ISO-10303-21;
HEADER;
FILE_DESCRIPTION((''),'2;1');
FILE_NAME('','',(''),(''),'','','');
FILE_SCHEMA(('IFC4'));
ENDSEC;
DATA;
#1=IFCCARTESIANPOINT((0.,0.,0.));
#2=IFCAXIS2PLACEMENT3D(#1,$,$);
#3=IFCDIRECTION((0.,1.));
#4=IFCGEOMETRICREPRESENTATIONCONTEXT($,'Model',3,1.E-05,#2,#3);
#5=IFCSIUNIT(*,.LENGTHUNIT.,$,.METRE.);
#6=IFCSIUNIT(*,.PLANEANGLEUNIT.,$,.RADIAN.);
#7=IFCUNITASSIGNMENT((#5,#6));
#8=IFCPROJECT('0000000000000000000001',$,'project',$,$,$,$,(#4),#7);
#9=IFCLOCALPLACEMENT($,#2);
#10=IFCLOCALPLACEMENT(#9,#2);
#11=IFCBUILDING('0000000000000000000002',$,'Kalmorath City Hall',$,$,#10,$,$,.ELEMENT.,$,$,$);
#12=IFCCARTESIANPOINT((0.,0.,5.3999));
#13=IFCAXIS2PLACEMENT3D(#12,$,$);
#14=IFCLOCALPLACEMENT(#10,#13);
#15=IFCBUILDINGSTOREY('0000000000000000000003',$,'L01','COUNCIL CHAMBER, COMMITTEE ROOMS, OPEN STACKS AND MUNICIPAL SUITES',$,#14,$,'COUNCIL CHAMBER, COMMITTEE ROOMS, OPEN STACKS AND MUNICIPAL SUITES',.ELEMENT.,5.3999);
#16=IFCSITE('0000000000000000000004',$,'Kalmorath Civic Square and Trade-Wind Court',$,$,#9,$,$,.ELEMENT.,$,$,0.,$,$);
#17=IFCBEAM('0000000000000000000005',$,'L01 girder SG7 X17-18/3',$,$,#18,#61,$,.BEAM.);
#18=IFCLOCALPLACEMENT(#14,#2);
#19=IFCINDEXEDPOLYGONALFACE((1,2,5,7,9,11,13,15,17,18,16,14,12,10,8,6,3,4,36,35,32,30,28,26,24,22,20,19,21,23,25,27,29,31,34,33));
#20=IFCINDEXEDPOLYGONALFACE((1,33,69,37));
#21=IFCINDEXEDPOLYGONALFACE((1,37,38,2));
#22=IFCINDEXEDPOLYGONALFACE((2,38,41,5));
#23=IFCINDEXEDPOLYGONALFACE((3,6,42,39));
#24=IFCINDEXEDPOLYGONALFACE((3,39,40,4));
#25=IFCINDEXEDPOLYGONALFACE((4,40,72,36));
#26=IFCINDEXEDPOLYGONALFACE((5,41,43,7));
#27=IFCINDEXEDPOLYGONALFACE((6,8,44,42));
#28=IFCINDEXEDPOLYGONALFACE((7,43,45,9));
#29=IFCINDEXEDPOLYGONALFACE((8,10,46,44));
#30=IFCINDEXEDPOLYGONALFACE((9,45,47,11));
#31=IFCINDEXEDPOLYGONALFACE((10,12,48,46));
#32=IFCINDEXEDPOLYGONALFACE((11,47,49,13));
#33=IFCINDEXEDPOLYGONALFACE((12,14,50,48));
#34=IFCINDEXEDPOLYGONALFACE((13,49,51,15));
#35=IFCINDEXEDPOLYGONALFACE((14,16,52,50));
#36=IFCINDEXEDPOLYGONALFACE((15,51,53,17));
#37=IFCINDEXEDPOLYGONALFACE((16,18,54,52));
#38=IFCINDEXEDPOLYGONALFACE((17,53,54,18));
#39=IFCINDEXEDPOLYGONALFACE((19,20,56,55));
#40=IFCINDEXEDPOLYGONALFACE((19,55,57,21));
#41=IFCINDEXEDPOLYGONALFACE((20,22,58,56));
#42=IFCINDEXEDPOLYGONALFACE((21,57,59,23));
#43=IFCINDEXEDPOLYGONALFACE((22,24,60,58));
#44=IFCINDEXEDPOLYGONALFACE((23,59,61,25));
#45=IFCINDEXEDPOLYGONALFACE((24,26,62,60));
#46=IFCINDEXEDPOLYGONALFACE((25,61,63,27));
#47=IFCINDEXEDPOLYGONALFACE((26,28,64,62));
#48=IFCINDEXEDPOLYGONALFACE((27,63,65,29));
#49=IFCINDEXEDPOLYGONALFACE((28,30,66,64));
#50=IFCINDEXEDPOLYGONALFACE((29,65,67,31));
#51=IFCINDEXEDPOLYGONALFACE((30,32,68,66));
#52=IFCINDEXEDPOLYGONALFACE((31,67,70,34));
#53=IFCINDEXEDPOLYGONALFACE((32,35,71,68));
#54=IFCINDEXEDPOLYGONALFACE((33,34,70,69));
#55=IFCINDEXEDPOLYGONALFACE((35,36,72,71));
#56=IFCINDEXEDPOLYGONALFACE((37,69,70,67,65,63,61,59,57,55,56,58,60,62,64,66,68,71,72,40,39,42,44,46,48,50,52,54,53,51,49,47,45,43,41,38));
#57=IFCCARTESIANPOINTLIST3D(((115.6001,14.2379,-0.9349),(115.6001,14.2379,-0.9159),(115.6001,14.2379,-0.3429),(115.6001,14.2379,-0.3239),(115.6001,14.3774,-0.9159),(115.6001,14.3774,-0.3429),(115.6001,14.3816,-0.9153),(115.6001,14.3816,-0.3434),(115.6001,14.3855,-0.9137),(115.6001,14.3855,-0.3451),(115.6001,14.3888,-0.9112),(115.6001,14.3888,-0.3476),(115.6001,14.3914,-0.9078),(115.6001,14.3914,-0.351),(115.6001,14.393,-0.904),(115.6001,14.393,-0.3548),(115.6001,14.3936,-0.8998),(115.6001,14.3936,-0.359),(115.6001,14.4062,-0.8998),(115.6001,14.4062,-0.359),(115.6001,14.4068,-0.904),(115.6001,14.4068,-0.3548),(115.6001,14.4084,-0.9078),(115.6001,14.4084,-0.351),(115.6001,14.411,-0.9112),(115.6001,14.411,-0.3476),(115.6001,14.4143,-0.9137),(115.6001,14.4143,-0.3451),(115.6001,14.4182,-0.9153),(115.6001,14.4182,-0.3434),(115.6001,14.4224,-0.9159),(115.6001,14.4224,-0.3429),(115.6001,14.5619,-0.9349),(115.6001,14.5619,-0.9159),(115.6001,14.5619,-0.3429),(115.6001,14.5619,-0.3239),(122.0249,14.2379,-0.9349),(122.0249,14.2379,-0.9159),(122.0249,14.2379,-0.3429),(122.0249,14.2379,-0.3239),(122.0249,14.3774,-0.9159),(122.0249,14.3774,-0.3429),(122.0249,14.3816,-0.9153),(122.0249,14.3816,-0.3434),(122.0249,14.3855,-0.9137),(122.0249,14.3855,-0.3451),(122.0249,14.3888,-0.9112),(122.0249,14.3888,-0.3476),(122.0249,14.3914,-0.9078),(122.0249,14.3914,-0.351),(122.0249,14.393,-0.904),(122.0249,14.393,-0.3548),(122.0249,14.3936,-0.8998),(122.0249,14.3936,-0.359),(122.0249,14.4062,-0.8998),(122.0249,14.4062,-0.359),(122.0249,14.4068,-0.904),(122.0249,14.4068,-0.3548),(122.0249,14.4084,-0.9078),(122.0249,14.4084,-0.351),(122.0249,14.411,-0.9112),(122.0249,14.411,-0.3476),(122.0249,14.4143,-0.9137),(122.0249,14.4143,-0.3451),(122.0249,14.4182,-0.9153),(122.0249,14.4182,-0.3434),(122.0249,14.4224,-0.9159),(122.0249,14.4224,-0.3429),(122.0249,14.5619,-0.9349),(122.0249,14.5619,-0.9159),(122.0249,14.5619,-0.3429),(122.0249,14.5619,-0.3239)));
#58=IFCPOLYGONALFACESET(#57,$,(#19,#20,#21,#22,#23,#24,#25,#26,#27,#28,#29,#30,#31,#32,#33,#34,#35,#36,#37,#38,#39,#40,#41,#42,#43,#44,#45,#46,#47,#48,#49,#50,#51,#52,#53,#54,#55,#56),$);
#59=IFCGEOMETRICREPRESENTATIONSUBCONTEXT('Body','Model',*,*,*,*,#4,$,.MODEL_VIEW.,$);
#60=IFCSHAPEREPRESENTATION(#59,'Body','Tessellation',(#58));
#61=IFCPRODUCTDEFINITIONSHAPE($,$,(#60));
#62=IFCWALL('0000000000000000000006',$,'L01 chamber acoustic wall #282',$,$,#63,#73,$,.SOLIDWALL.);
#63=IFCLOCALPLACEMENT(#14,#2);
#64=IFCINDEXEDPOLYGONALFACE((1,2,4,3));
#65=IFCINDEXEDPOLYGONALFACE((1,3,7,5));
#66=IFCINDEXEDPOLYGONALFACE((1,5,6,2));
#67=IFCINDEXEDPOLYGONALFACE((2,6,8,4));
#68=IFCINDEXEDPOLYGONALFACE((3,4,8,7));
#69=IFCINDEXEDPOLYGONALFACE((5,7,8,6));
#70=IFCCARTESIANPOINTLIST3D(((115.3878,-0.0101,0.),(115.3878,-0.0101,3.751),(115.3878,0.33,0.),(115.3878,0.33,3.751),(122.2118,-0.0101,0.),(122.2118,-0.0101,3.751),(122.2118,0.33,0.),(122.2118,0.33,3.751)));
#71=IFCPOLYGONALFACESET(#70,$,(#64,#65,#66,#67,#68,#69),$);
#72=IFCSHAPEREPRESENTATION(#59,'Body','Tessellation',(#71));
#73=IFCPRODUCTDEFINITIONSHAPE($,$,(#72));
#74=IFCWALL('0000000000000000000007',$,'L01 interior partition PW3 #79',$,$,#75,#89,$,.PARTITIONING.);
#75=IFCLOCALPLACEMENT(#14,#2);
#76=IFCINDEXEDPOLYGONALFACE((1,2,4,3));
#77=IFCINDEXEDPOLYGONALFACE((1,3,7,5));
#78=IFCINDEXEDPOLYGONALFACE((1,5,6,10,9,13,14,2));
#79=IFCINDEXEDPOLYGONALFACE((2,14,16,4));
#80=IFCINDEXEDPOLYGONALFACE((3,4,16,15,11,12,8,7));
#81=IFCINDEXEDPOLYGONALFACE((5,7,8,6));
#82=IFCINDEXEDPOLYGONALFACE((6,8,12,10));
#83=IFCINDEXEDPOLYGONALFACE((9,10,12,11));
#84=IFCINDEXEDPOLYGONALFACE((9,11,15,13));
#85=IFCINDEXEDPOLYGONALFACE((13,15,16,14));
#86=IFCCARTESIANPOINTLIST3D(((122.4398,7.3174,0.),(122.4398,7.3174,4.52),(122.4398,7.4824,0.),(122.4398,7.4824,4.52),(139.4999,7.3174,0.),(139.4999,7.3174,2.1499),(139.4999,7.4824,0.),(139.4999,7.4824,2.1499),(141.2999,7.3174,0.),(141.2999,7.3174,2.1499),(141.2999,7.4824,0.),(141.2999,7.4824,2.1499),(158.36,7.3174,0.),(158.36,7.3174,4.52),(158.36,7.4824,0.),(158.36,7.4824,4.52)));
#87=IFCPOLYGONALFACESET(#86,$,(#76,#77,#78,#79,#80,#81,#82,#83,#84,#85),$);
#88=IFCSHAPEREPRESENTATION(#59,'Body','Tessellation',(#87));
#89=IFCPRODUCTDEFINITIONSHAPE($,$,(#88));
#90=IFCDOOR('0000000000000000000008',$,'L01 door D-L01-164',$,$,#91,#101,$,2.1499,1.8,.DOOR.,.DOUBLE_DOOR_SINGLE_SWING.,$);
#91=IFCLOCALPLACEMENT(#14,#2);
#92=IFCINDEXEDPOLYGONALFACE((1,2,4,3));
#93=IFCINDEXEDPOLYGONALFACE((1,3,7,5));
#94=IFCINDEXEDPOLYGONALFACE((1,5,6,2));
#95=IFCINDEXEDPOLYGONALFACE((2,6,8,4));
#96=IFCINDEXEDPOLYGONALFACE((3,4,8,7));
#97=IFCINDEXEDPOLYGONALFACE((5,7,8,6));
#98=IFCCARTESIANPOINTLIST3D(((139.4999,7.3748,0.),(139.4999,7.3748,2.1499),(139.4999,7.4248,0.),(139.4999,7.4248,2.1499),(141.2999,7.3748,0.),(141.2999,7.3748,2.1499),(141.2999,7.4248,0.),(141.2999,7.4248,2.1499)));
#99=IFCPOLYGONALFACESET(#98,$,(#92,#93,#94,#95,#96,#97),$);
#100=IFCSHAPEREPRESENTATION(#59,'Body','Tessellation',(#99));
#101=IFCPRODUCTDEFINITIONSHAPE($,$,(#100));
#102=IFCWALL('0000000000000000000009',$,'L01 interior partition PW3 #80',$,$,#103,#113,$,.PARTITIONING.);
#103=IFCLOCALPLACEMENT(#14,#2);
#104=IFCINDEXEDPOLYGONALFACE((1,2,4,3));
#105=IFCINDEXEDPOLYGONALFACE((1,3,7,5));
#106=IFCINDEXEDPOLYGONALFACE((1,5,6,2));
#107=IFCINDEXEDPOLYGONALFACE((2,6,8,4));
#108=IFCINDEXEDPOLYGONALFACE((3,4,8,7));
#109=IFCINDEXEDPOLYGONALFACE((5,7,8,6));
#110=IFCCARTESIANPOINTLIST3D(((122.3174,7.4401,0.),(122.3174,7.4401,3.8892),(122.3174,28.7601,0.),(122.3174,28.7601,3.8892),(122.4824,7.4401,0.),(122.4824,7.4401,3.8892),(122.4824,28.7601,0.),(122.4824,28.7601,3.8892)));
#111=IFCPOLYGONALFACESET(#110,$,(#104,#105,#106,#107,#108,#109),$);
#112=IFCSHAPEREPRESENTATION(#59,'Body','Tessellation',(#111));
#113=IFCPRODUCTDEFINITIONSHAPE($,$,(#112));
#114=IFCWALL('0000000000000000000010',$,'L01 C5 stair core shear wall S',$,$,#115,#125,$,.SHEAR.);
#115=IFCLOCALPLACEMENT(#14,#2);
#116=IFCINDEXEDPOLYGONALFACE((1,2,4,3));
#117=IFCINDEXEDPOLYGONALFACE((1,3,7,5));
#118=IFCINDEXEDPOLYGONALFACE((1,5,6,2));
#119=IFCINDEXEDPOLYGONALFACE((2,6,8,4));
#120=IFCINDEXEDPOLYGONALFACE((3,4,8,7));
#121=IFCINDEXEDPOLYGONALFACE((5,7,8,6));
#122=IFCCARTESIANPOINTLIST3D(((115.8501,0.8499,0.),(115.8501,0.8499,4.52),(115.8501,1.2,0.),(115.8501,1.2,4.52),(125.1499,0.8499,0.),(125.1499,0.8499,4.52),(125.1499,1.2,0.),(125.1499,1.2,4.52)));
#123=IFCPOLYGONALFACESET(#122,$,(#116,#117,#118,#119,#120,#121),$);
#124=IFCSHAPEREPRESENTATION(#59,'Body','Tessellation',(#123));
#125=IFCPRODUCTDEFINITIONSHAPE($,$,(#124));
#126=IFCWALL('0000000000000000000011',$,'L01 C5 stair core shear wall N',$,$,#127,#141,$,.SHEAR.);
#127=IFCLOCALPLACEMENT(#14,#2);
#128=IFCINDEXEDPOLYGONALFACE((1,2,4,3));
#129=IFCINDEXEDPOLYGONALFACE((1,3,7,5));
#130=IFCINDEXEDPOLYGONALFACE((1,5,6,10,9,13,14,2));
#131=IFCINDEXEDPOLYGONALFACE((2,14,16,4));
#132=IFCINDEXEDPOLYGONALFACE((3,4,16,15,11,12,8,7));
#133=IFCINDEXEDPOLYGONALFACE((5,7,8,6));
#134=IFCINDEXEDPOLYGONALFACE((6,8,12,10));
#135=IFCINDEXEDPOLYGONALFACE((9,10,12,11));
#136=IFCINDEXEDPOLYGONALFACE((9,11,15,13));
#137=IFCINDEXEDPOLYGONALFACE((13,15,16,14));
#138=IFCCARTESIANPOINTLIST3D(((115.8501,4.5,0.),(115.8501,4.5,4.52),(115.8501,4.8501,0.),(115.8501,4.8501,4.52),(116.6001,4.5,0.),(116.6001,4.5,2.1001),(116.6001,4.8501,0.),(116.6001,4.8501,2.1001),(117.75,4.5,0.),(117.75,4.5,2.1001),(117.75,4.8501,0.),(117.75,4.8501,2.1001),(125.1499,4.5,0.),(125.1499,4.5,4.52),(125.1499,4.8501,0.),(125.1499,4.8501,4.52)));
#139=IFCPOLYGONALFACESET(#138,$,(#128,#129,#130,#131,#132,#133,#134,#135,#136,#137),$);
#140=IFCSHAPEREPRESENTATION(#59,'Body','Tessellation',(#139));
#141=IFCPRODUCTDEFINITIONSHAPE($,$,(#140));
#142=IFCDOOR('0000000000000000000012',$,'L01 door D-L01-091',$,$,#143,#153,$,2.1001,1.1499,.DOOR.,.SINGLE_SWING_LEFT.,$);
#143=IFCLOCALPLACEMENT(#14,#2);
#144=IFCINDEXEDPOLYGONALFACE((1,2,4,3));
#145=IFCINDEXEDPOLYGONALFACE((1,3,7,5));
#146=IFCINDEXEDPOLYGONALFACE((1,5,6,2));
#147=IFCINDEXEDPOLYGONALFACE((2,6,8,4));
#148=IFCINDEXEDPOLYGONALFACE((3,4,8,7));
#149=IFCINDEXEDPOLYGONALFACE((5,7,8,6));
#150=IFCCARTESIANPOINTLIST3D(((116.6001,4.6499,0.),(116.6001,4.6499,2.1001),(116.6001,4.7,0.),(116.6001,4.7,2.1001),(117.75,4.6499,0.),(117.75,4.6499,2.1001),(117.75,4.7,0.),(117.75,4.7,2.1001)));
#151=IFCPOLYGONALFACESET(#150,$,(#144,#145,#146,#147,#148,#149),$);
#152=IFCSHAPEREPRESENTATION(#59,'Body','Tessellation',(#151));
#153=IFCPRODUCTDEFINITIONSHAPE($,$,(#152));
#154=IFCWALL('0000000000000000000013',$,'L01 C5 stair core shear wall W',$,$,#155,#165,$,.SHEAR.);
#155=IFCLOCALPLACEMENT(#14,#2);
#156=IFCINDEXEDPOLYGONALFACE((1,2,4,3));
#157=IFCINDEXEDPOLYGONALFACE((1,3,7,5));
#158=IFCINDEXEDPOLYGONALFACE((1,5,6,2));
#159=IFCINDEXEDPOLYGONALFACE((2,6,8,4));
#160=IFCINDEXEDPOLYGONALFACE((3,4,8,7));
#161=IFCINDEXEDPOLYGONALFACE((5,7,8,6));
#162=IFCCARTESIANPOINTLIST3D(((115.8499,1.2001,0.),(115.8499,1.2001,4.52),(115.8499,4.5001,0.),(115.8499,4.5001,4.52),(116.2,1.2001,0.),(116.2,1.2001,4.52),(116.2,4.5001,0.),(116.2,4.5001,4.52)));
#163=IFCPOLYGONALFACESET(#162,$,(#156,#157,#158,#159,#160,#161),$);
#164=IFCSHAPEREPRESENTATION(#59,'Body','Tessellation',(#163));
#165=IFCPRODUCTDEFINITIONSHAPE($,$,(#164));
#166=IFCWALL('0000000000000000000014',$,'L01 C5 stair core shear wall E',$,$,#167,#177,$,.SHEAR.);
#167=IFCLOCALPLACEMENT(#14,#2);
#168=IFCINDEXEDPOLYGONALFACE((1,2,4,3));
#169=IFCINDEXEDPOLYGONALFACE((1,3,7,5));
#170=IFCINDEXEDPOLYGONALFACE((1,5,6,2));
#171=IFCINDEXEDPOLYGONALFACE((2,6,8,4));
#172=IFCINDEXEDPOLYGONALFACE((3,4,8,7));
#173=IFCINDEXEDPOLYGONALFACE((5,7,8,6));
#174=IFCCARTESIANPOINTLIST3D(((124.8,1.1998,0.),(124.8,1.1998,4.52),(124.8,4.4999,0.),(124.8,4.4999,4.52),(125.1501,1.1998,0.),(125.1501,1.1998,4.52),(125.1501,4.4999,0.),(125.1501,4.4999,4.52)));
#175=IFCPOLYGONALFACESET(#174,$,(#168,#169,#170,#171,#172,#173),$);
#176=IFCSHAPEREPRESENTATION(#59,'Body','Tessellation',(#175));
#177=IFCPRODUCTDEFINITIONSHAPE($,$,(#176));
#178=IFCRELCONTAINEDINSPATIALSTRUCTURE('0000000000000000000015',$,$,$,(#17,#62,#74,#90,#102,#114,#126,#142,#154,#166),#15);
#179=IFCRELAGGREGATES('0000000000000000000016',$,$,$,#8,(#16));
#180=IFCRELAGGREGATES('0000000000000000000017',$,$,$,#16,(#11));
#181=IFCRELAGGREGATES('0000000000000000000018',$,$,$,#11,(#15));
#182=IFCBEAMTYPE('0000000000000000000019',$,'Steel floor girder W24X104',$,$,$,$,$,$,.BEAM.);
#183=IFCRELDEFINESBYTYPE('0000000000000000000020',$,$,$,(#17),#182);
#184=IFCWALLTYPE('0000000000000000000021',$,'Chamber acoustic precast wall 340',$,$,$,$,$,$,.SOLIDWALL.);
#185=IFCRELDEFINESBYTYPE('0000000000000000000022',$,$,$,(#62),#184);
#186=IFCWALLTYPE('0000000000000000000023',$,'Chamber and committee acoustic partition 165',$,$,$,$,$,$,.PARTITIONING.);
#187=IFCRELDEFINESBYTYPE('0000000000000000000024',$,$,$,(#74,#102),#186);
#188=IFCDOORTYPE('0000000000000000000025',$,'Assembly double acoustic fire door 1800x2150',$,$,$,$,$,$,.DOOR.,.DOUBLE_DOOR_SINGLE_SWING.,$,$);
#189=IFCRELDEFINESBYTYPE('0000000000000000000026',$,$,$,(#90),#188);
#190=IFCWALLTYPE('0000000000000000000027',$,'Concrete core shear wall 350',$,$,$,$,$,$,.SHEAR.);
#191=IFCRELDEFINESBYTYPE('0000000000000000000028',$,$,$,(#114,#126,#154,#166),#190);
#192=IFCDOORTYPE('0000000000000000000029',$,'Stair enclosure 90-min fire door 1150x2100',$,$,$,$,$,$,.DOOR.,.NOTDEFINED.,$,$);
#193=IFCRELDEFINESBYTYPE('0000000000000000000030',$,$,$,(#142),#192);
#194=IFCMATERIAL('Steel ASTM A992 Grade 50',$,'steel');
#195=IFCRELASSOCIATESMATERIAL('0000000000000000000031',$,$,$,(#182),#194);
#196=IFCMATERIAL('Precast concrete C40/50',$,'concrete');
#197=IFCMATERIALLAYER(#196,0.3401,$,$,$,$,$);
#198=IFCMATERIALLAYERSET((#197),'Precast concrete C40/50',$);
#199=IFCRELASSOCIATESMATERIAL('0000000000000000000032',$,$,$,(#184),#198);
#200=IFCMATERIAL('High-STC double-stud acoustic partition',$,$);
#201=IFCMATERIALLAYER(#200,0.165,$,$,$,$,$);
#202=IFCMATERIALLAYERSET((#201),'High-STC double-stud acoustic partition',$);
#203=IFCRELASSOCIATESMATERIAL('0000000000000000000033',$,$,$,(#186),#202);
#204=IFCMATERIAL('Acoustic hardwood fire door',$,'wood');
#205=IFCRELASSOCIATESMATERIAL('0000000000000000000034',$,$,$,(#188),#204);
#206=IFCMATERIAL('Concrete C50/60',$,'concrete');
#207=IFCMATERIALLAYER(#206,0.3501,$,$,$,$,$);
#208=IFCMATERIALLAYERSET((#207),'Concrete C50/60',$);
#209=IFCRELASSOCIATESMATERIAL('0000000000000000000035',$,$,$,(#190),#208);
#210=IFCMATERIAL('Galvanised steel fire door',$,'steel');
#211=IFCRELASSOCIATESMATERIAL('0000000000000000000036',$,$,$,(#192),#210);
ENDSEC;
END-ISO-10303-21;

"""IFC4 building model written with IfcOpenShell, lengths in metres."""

from ifc_helpers import new_model, si_unit, direction, frame, frame_2d, origin, origin_2d, place, context, subcontext, project, spatial, rectangle, i_section, extrude, material, layer, layer_set, material_profile, profile_set, type_object, element, fill, save


model = new_model("IFC4")

# Units and contexts
model_context = context("Model", 3, precision=1e-05, world=origin(), true_north=direction((0.0, 1.0)))
body_context = subcontext(model_context, "Body", "Model", "MODEL_VIEW")
ifc_project = project(units=[si_unit("LENGTHUNIT", "METRE"), si_unit("PLANEANGLEUNIT", "RADIAN")], contexts=[model_context])

# Site, building, storey
site_placement = place(None, origin())
site = spatial("IfcSite", under=ifc_project, at=site_placement, Name="Kalmorath Civic Square and Trade-Wind Court", CompositionType="ELEMENT", RefElevation=0.0)
building_placement = place(site_placement, origin())
building = spatial("IfcBuilding", under=site, at=building_placement, Name="Kalmorath City Hall", CompositionType="ELEMENT")
storey_placement = place(building_placement, frame((0.0, 0.0, 5.3999)))
storey = spatial("IfcBuildingStorey", under=building, at=storey_placement, Name="L01", Description="COUNCIL CHAMBER, COMMITTEE ROOMS, OPEN STACKS AND MUNICIPAL SUITES", LongName="COUNCIL CHAMBER, COMMITTEE ROOMS, OPEN STACKS AND MUNICIPAL SUITES", CompositionType="ELEMENT", Elevation=5.3999)

# Beam
ifc_material_1 = material(Name="Steel ASTM A992 Grade 50", Category="steel")
ifc_material_profile_1 = material_profile(ifc_material_1, i_section(OverallWidth=0.324, OverallDepth=0.6111, WebThickness=0.0127, FlangeThickness=0.019, FilletRadius=0.0161, at=origin_2d()), Name="W24X104")
ifc_profile_set_1 = profile_set([ifc_material_profile_1], Name="Steel ASTM A992 Grade 50")
beam_type_1 = type_object("IfcBeamType", Name="Steel floor girder W24X104", PredefinedType="BEAM", material=ifc_profile_set_1)
beam_1_placement = place(storey_placement, frame((115.6001, 14.3999, -0.6294), z_axis=(1.0, 0.0, 0.0), x_axis=(0.0, 1.0, 0.0)))
element("IfcBeam", 1, at=beam_1_placement, inside=storey, type_object=beam_type_1, Name="L01 girder SG7 X17-18/3", PredefinedType="BEAM", context=body_context, shape_type="SweptSolid", body=[
    extrude(i_section(OverallWidth=0.324, OverallDepth=0.6111, WebThickness=0.0127, FlangeThickness=0.019, FilletRadius=0.0161, at=origin_2d()), origin(), (0.0, 0.0, 1.0), 6.4248),
])

# Wall
ifc_material_2 = material(Name="Precast concrete C40/50", Category="concrete")
ifc_layer_1 = layer(ifc_material_2, 0.3401)
ifc_layer_set_1 = layer_set([ifc_layer_1], Name="Precast concrete C40/50")
wall_type_1 = type_object("IfcWallType", Name="Chamber acoustic precast wall 340", PredefinedType="SOLIDWALL", material=ifc_layer_set_1)
wall_1_placement = place(storey_placement, frame((122.2119, 0.1599, 0.0), z_axis=(0.0, 0.0, 1.0), x_axis=(-1.0, 0.0, 0.0)))
element("IfcWall", 2, at=wall_1_placement, inside=storey, type_object=wall_type_1, Name="L01 chamber acoustic wall #282", PredefinedType="SOLIDWALL", context=body_context, shape_type="SweptSolid", body=[
    extrude(rectangle(XDim=6.824, YDim=0.3401, at=frame_2d((3.4121, 0.0))), origin(), (0.0, 0.0, 1.0), 3.751),
])

# Wall, opening, door
ifc_material_3 = material(Name="High-STC double-stud acoustic partition")
ifc_layer_2 = layer(ifc_material_3, 0.165)
ifc_layer_set_2 = layer_set([ifc_layer_2], Name="High-STC double-stud acoustic partition")
wall_type_2 = type_object("IfcWallType", Name="Chamber and committee acoustic partition 165", PredefinedType="PARTITIONING", material=ifc_layer_set_2)
wall_2_placement = place(storey_placement, frame((122.4399, 7.3999, 0.0), z_axis=(0.0, 0.0, 1.0), x_axis=(1.0, 0.0, 0.0)))
wall_2 = element("IfcWall", 3, at=wall_2_placement, inside=storey, type_object=wall_type_2, Name="L01 interior partition PW3 #79", PredefinedType="PARTITIONING", context=body_context, shape_type="SweptSolid", body=[
    extrude(rectangle(XDim=35.9202, YDim=0.165, at=frame_2d((17.96, 0.0))), origin(), (0.0, 0.0, 1.0), 4.52),
])
opening_1_placement = place(wall_2_placement, frame((17.0601, 0.0, 0.0)))
opening_1 = element("IfcOpeningElement", 4, at=opening_1_placement, cuts=wall_2, PredefinedType="OPENING", context=body_context, shape_type="SweptSolid", body=[
    extrude(rectangle(XDim=1.8, YDim=2.1499, at=frame_2d((0.8999, 1.075))), frame((0.0, 0.0925, 0.0), z_axis=(0.0, -1.0, 0.0), x_axis=(1.0, 0.0, 0.0)), (0.0, 0.0, 1.0), 0.1851),
])
ifc_material_4 = material(Name="Acoustic hardwood fire door", Category="wood")
door_type_1 = type_object("IfcDoorType", Name="Assembly double acoustic fire door 1800x2150", OperationType="DOUBLE_DOOR_SINGLE_SWING", PredefinedType="DOOR", material=ifc_material_4)
door_1_placement = place(opening_1_placement, origin())
door_1 = element("IfcDoor", 5, at=door_1_placement, inside=storey, type_object=door_type_1, Name="L01 door D-L01-164", OperationType="DOUBLE_DOOR_SINGLE_SWING", OverallHeight=2.1499, OverallWidth=1.8, PredefinedType="DOOR", context=body_context, shape_type="SweptSolid", body=[
    extrude(rectangle(XDim=1.8, YDim=2.1499, at=frame_2d((0.8999, 1.075))), frame((0.0, 0.0249, 0.0), z_axis=(0.0, -1.0, 0.0), x_axis=(1.0, 0.0, 0.0)), (0.0, 0.0, 1.0), 0.05),
])
fill(opening_1, door_1)

# Walls
wall_3_placement = place(storey_placement, frame((122.3999, 7.4399, 0.0), z_axis=(0.0, 0.0, 1.0), x_axis=(0.0, 1.0, 0.0)))
element("IfcWall", 6, at=wall_3_placement, inside=storey, type_object=wall_type_2, Name="L01 interior partition PW3 #80", PredefinedType="PARTITIONING", context=body_context, shape_type="SweptSolid", body=[
    extrude(rectangle(XDim=21.3201, YDim=0.165, at=frame_2d((10.6602, 0.0))), origin(), (0.0, 0.0, 1.0), 3.8892),
])
ifc_material_5 = material(Name="Concrete C50/60", Category="concrete")
ifc_layer_3 = layer(ifc_material_5, 0.3501)
ifc_layer_set_3 = layer_set([ifc_layer_3], Name="Concrete C50/60")
wall_type_3 = type_object("IfcWallType", Name="Concrete core shear wall 350", PredefinedType="SHEAR", material=ifc_layer_set_3)
wall_4_placement = place(storey_placement, frame((115.8501, 1.0249, 0.0), z_axis=(0.0, 0.0, 1.0), x_axis=(1.0, 0.0, 0.0)))
element("IfcWall", 7, at=wall_4_placement, inside=storey, type_object=wall_type_3, Name="L01 C5 stair core shear wall S", PredefinedType="SHEAR", context=body_context, shape_type="SweptSolid", body=[
    extrude(rectangle(XDim=9.2998, YDim=0.3501, at=frame_2d((4.6499, 0.0))), origin(), (0.0, 0.0, 1.0), 4.52),
])

# Wall, opening, door
wall_5_placement = place(storey_placement, frame((125.1499, 4.675, 0.0), z_axis=(0.0, 0.0, 1.0), x_axis=(-1.0, 0.0, 0.0)))
wall_5 = element("IfcWall", 8, at=wall_5_placement, inside=storey, type_object=wall_type_3, Name="L01 C5 stair core shear wall N", PredefinedType="SHEAR", context=body_context, shape_type="SweptSolid", body=[
    extrude(rectangle(XDim=9.2998, YDim=0.3501, at=frame_2d((4.6499, 0.0))), origin(), (0.0, 0.0, 1.0), 4.52),
])
opening_2_placement = place(wall_5_placement, frame((7.3999, 0.0, 0.0)))
opening_2 = element("IfcOpeningElement", 9, at=opening_2_placement, cuts=wall_5, PredefinedType="OPENING", context=body_context, shape_type="SweptSolid", body=[
    extrude(rectangle(XDim=1.1499, YDim=2.1001, at=frame_2d((0.575, 1.05))), frame((0.0, 0.1851, 0.0), z_axis=(0.0, -1.0, 0.0), x_axis=(1.0, 0.0, 0.0)), (0.0, 0.0, 1.0), 0.3701),
])
ifc_material_6 = material(Name="Galvanised steel fire door", Category="steel")
door_type_2 = type_object("IfcDoorType", Name="Stair enclosure 90-min fire door 1150x2100", OperationType="NOTDEFINED", PredefinedType="DOOR", material=ifc_material_6)
door_2_placement = place(opening_2_placement, frame((1.1499, 0.0, 0.0), z_axis=(0.0, 0.0, 1.0), x_axis=(-1.0, 0.0, 0.0)))
door_2 = element("IfcDoor", 10, at=door_2_placement, inside=storey, type_object=door_type_2, Name="L01 door D-L01-091", OperationType="SINGLE_SWING_LEFT", OverallHeight=2.1001, OverallWidth=1.1499, PredefinedType="DOOR", context=body_context, shape_type="SweptSolid", body=[
    extrude(rectangle(XDim=1.1499, YDim=2.1001, at=frame_2d((0.575, 1.05))), frame((0.0, 0.0249, 0.0), z_axis=(0.0, -1.0, 0.0), x_axis=(1.0, 0.0, 0.0)), (0.0, 0.0, 1.0), 0.05),
])
fill(opening_2, door_2)

# Walls
for number, where, z_axis, x_axis, name in (
    (11, (116.0249, 4.5, 0.0), (0.0, 0.0, 1.0), (0.0, -1.0, 0.0), "L01 C5 stair core shear wall W"),
    (12, (124.9751, 1.2, 0.0), (0.0, 0.0, 1.0), (0.0, 1.0, 0.0), "L01 C5 stair core shear wall E"),
):
    element("IfcWall", number, at=place(storey_placement, frame(where, z_axis=z_axis, x_axis=x_axis)), inside=storey, type_object=wall_type_3, Name=name, PredefinedType="SHEAR", context=body_context, shape_type="SweptSolid", body=[
        extrude(rectangle(XDim=3.3, YDim=0.3501, at=frame_2d((1.6499, 0.0))), origin(), (0.0, 0.0, 1.0), 4.52),
    ])

save(model, "model.ifc")
